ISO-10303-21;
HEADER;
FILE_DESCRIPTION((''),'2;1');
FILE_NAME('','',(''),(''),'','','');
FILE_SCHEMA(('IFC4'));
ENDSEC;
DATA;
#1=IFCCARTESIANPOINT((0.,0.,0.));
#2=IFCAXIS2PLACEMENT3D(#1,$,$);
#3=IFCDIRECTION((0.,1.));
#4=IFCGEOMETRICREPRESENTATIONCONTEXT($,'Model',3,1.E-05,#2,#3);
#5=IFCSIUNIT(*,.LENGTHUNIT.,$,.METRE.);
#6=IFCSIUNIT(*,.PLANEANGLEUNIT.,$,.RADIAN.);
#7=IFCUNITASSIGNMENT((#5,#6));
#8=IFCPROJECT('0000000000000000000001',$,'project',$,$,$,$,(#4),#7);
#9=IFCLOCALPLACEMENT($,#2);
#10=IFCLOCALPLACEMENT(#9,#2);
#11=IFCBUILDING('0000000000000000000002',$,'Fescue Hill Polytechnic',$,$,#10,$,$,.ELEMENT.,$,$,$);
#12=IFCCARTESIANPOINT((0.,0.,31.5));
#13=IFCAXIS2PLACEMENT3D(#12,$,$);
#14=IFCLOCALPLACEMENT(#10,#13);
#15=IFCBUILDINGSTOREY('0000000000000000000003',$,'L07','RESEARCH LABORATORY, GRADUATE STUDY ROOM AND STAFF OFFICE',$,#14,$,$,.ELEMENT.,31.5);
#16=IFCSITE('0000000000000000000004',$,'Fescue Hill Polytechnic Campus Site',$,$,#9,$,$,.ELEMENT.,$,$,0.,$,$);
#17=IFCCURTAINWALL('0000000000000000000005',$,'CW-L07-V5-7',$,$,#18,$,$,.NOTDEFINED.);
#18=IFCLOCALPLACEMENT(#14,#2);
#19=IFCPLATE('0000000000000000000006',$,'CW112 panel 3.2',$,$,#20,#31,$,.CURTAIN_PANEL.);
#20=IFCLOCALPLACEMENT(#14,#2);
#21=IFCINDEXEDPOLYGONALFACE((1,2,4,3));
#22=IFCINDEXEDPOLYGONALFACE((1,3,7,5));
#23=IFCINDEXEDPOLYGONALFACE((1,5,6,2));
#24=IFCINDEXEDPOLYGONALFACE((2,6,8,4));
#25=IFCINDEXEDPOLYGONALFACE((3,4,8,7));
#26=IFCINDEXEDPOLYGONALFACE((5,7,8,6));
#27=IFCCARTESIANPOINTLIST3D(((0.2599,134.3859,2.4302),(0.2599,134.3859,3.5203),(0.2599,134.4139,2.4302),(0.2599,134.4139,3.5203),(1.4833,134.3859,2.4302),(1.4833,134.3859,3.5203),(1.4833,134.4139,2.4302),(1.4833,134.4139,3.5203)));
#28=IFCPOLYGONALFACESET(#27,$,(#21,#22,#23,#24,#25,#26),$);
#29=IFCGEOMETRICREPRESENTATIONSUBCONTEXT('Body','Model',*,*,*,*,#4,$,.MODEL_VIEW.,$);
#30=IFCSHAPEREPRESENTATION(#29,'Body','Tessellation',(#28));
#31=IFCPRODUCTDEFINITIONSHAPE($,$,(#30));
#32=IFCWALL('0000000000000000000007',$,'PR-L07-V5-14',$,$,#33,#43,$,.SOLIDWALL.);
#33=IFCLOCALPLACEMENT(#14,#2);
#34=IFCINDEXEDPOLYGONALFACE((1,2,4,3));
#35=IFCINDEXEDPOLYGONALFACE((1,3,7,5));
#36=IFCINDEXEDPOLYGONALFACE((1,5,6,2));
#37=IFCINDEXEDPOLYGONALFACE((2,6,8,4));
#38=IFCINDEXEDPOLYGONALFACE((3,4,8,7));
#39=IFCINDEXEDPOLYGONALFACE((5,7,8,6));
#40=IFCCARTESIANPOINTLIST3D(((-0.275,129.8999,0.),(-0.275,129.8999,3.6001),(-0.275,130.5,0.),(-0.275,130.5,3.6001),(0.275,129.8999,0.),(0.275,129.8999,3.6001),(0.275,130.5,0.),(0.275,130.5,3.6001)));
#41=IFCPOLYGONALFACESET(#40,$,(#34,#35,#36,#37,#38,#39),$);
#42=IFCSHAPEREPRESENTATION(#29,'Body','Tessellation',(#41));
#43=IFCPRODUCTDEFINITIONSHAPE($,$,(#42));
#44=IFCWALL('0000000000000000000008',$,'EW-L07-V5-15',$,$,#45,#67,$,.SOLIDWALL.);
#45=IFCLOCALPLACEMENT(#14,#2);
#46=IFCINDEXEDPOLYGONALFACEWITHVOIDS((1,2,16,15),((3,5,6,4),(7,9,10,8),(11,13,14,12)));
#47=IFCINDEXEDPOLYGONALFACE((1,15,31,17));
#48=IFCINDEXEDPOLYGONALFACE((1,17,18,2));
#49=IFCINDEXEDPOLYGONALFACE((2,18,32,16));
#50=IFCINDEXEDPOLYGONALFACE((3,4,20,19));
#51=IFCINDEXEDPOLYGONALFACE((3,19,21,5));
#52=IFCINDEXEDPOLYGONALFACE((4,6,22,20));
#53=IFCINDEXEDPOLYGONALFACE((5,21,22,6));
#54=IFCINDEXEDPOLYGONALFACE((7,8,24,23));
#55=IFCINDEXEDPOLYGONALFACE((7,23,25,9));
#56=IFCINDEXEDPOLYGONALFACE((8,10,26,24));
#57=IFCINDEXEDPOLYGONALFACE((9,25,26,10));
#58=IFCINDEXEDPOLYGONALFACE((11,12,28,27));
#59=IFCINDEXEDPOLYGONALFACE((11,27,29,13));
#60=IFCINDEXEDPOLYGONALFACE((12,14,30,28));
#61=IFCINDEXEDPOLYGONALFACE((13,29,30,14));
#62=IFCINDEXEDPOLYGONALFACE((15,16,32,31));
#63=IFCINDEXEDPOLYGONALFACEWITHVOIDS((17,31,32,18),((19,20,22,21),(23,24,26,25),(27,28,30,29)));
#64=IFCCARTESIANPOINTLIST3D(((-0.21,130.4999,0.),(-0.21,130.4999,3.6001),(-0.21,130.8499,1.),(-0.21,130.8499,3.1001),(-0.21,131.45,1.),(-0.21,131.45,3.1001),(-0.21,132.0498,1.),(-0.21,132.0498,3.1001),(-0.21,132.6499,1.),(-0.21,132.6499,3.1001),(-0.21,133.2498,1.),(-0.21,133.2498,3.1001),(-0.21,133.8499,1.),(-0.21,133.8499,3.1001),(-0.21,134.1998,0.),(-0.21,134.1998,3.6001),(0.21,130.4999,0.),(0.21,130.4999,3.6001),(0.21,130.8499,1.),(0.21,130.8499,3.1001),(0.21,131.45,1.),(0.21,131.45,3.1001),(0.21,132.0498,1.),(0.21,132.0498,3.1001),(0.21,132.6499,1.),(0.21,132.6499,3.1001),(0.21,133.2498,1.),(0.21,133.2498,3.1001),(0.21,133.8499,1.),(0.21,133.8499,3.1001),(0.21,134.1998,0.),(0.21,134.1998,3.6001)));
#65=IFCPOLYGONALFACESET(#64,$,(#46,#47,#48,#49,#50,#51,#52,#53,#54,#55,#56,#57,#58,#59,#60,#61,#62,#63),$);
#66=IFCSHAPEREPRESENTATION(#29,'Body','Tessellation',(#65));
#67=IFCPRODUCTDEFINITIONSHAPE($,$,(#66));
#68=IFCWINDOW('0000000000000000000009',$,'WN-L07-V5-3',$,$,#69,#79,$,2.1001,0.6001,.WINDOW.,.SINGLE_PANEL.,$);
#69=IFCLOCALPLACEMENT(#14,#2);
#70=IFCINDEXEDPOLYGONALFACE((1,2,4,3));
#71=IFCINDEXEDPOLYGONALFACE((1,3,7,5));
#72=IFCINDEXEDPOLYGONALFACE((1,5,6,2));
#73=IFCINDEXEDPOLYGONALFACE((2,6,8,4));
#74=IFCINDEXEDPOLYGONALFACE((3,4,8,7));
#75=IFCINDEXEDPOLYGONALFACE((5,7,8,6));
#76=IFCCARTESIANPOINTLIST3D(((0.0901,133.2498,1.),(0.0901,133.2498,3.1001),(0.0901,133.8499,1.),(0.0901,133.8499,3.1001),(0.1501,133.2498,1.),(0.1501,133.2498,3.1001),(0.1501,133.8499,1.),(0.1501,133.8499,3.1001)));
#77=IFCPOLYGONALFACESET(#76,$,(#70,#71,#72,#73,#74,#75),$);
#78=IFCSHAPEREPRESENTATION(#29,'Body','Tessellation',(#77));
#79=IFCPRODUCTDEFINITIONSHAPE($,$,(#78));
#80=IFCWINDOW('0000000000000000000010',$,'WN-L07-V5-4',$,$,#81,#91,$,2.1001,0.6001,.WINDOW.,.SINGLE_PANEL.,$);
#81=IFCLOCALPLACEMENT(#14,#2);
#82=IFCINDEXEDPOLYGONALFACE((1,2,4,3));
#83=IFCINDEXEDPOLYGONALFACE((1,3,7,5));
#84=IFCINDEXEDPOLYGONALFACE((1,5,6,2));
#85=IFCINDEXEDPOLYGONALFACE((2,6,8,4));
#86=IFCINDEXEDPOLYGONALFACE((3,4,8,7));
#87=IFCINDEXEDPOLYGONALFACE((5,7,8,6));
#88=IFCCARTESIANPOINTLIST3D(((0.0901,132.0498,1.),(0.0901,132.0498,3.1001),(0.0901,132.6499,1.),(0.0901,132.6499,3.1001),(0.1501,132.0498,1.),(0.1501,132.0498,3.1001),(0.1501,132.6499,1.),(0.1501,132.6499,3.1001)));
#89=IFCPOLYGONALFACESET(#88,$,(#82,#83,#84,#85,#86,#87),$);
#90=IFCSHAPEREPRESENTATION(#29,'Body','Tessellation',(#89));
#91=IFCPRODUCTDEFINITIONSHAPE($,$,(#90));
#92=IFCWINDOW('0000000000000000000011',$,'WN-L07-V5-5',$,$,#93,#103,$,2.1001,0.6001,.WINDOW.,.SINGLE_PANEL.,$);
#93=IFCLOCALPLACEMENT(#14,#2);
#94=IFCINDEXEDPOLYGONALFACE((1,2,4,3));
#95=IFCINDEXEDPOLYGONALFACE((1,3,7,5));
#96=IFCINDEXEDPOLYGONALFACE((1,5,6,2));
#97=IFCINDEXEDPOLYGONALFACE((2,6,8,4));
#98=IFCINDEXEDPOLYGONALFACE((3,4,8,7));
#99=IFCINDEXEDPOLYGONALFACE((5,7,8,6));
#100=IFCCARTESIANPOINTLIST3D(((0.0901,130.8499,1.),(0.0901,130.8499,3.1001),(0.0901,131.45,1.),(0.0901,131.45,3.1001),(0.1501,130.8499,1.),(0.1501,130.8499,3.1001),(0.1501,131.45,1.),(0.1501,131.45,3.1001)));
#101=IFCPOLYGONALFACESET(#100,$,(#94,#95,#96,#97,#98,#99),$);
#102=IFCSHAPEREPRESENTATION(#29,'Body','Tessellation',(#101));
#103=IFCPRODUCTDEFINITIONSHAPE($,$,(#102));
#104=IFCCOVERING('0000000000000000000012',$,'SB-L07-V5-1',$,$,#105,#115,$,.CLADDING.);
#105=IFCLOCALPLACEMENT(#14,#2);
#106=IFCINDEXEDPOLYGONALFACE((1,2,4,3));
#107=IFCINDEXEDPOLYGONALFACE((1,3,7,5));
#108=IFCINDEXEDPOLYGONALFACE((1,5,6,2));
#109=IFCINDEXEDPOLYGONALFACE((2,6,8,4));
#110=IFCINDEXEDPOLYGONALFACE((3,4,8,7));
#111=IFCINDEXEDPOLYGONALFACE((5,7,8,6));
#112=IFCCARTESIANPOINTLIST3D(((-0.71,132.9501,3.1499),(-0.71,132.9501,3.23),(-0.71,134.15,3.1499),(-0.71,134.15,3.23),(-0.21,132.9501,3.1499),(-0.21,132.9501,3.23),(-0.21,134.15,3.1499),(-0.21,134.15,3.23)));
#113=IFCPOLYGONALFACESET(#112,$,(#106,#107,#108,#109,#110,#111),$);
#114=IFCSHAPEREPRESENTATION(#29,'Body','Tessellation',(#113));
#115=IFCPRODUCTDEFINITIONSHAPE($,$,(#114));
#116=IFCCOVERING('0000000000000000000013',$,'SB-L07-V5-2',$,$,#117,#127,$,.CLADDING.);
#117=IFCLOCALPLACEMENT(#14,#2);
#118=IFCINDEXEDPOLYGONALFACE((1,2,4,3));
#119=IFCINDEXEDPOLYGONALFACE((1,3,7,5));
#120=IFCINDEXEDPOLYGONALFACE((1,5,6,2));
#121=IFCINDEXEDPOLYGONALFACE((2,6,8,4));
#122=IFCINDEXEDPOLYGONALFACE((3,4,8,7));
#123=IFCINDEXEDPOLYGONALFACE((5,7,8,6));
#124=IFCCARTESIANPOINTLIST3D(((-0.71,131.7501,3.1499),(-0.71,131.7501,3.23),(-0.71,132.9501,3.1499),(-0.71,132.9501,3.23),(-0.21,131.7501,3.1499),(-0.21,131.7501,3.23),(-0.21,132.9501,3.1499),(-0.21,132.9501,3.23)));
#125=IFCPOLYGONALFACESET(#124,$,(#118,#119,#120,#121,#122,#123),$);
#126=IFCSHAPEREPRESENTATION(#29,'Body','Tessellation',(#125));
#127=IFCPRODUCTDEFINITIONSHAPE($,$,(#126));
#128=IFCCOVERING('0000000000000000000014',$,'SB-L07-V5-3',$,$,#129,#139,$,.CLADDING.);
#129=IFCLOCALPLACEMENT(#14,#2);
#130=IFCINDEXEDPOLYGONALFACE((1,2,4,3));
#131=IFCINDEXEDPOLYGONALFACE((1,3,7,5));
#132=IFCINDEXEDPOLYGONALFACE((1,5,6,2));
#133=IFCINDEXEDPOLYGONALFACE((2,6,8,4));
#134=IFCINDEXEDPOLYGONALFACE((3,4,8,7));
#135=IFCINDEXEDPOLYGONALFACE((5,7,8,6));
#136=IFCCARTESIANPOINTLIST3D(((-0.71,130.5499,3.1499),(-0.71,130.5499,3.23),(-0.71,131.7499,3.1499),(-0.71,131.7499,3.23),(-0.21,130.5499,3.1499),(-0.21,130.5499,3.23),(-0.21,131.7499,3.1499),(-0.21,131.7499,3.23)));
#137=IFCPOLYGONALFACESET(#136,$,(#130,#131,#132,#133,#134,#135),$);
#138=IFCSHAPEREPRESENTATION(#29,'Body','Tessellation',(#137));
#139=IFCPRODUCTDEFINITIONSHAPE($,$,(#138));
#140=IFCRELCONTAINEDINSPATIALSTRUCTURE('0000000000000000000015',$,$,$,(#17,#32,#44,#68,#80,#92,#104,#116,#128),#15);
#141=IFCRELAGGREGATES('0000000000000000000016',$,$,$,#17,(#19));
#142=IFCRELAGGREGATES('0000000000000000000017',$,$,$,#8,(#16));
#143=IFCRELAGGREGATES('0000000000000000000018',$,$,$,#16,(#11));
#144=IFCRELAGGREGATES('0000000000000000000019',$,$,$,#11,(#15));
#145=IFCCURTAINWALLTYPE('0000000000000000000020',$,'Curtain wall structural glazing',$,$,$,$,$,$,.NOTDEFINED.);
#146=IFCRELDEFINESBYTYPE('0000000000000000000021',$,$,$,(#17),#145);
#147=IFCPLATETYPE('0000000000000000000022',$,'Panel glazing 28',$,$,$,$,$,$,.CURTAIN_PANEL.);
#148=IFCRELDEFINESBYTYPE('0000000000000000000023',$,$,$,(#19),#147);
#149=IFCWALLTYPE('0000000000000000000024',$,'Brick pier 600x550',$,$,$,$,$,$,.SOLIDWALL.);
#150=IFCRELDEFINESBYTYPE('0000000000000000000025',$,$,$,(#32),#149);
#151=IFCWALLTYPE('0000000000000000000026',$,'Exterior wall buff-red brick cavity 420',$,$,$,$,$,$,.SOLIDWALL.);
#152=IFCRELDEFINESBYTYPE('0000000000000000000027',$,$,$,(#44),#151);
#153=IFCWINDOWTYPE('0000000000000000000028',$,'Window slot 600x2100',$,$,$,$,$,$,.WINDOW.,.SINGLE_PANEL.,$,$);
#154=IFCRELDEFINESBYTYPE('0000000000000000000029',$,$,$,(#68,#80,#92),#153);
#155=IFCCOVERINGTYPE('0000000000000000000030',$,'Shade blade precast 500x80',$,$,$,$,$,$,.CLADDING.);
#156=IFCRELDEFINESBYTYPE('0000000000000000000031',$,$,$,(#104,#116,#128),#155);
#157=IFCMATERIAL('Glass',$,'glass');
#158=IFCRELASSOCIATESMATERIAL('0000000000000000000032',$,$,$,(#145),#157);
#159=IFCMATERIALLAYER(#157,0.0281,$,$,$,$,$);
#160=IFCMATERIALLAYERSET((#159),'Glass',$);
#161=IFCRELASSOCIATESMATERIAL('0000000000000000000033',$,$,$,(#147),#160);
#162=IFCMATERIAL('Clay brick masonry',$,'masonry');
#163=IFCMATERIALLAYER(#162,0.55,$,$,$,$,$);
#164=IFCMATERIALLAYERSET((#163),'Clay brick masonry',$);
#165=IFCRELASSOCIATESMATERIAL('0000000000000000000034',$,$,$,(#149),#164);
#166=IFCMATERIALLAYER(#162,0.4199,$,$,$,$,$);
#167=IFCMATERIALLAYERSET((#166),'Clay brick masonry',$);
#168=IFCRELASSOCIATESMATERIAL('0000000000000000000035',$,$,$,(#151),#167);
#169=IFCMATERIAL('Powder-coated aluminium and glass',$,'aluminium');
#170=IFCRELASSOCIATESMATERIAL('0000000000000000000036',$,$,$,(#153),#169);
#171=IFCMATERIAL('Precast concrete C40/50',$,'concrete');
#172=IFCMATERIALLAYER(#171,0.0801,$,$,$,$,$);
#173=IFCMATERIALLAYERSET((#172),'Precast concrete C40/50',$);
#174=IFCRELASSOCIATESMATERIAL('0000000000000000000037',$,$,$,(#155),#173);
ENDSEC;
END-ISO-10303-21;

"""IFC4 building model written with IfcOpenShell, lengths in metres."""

from ifc_helpers import new_model, si_unit, direction, frame, frame_2d, origin, origin_2d, place, context, subcontext, project, spatial, rectangle, extrude, material, layer, layer_set, type_object, element, fill, aggregate, save


model = new_model("IFC4")

# Units and contexts
model_context = context("Model", 3, precision=1e-05, world=origin(), true_north=direction((0.0, 1.0)))
body_context = subcontext(model_context, "Body", "Model", "MODEL_VIEW")
ifc_project = project(units=[si_unit("LENGTHUNIT", "METRE"), si_unit("PLANEANGLEUNIT", "RADIAN")], contexts=[model_context])

# Site, building, storey
site_placement = place(None, origin())
site = spatial("IfcSite", under=ifc_project, at=site_placement, Name="Fescue Hill Polytechnic Campus Site", CompositionType="ELEMENT", RefElevation=0.0)
building_placement = place(site_placement, origin())
building = spatial("IfcBuilding", under=site, at=building_placement, Name="Fescue Hill Polytechnic", CompositionType="ELEMENT")
storey_placement = place(building_placement, frame((0.0, 0.0, 31.5)))
storey = spatial("IfcBuildingStorey", under=building, at=storey_placement, Name="L07", Description="RESEARCH LABORATORY, GRADUATE STUDY ROOM AND STAFF OFFICE", CompositionType="ELEMENT", Elevation=31.5)

# Curtain wall, plate
ifc_material_1 = material(Name="Glass", Category="glass")
curtain_wall_type = type_object("IfcCurtainWallType", Name="Curtain wall structural glazing", PredefinedType="NOTDEFINED", material=ifc_material_1)
curtain_wall_placement = place(storey_placement, origin())
curtain_wall = element("IfcCurtainWall", 1, at=curtain_wall_placement, inside=storey, type_object=curtain_wall_type, Name="CW-L07-V5-7", PredefinedType="NOTDEFINED")
ifc_layer_1 = layer(ifc_material_1, 0.0281)
ifc_layer_set_1 = layer_set([ifc_layer_1], Name="Glass")
plate_type = type_object("IfcPlateType", Name="Panel glazing 28", PredefinedType="CURTAIN_PANEL", material=ifc_layer_set_1)
plate_1_placement = place(storey_placement, frame((0.8716, 134.3999, 2.4302), z_axis=(0.0, 0.0, 1.0), x_axis=(-1.0, 0.0, 0.0)))
plate_1 = element("IfcPlate", 2, at=plate_1_placement, type_object=plate_type, Name="CW112 panel 3.2", PredefinedType="CURTAIN_PANEL", context=body_context, shape_type="SweptSolid", body=[
    extrude(rectangle(XDim=1.2234, YDim=0.0281, at=origin_2d()), origin(), (0.0, 0.0, 1.0), 1.0901),
])
aggregate(curtain_wall, [plate_1])

# Wall
ifc_material_2 = material(Name="Clay brick masonry", Category="masonry")
ifc_layer_2 = layer(ifc_material_2, 0.55)
ifc_layer_set_2 = layer_set([ifc_layer_2], Name="Clay brick masonry")
wall_type_1 = type_object("IfcWallType", Name="Brick pier 600x550", PredefinedType="SOLIDWALL", material=ifc_layer_set_2)
wall_1_placement = place(storey_placement, frame((0.0, 130.5, 0.0), z_axis=(0.0, 0.0, 1.0), x_axis=(0.0, -1.0, 0.0)))
element("IfcWall", 3, at=wall_1_placement, inside=storey, type_object=wall_type_1, Name="PR-L07-V5-14", PredefinedType="SOLIDWALL", context=body_context, shape_type="SweptSolid", body=[
    extrude(rectangle(XDim=0.6001, YDim=0.55, at=frame_2d((0.3, 0.0))), origin(), (0.0, 0.0, 1.0), 3.6001),
])

# Wall, openings, windows
ifc_layer_3 = layer(ifc_material_2, 0.4199)
ifc_layer_set_3 = layer_set([ifc_layer_3], Name="Clay brick masonry")
wall_type_2 = type_object("IfcWallType", Name="Exterior wall buff-red brick cavity 420", PredefinedType="SOLIDWALL", material=ifc_layer_set_3)
wall_2_placement = place(storey_placement, frame((0.0, 134.2, 0.0), z_axis=(0.0, 0.0, 1.0), x_axis=(0.0, -1.0, 0.0)))
wall_2 = element("IfcWall", 4, at=wall_2_placement, inside=storey, type_object=wall_type_2, Name="EW-L07-V5-15", PredefinedType="SOLIDWALL", context=body_context, shape_type="SweptSolid", body=[
    extrude(rectangle(XDim=3.7, YDim=0.4199, at=frame_2d((1.8501, 0.0))), origin(), (0.0, 0.0, 1.0), 3.6001),
])
opening_1_placement = place(wall_2_placement, frame((0.3501, 0.0, 1.0)))
opening_1 = element("IfcOpeningElement", 5, at=opening_1_placement, cuts=wall_2, PredefinedType="OPENING", context=body_context, shape_type="SweptSolid", body=[
    extrude(rectangle(XDim=0.6001, YDim=2.1001, at=frame_2d((0.3, 1.05))), frame((0.0, 0.22, 0.0), z_axis=(0.0, -1.0, 0.0), x_axis=(1.0, 0.0, 0.0)), (0.0, 0.0, 1.0), 0.4399),
])
opening_2_placement = place(wall_2_placement, frame((1.55, 0.0, 1.0)))
opening_2 = element("IfcOpeningElement", 6, at=opening_2_placement, cuts=wall_2, PredefinedType="OPENING", context=body_context, shape_type="SweptSolid", body=[
    extrude(rectangle(XDim=0.6001, YDim=2.1001, at=frame_2d((0.3, 1.05))), frame((0.0, 0.22, 0.0), z_axis=(0.0, -1.0, 0.0), x_axis=(1.0, 0.0, 0.0)), (0.0, 0.0, 1.0), 0.4399),
])
opening_3_placement = place(wall_2_placement, frame((2.75, 0.0, 1.0)))
opening_3 = element("IfcOpeningElement", 7, at=opening_3_placement, cuts=wall_2, PredefinedType="OPENING", context=body_context, shape_type="SweptSolid", body=[
    extrude(rectangle(XDim=0.6001, YDim=2.1001, at=frame_2d((0.3, 1.05))), frame((0.0, 0.22, 0.0), z_axis=(0.0, -1.0, 0.0), x_axis=(1.0, 0.0, 0.0)), (0.0, 0.0, 1.0), 0.4399),
])
ifc_material_3 = material(Name="Powder-coated aluminium and glass", Category="aluminium")
window_type = type_object("IfcWindowType", Name="Window slot 600x2100", PartitioningType="SINGLE_PANEL", PredefinedType="WINDOW", material=ifc_material_3)
window_1_placement = place(opening_1_placement, origin())
window_1 = element("IfcWindow", 8, at=window_1_placement, inside=storey, type_object=window_type, Name="WN-L07-V5-3", OverallHeight=2.1001, OverallWidth=0.6001, PartitioningType="SINGLE_PANEL", PredefinedType="WINDOW", context=body_context, shape_type="SweptSolid", body=[
    extrude(rectangle(XDim=0.6001, YDim=2.1001, at=frame_2d((0.3, 1.05))), frame((0.0, 0.1501, 0.0), z_axis=(0.0, -1.0, 0.0), x_axis=(1.0, 0.0, 0.0)), (0.0, 0.0, 1.0), 0.0601),
])
fill(opening_1, window_1)
window_2_placement = place(opening_2_placement, origin())
window_2 = element("IfcWindow", 9, at=window_2_placement, inside=storey, type_object=window_type, Name="WN-L07-V5-4", OverallHeight=2.1001, OverallWidth=0.6001, PartitioningType="SINGLE_PANEL", PredefinedType="WINDOW", context=body_context, shape_type="SweptSolid", body=[
    extrude(rectangle(XDim=0.6001, YDim=2.1001, at=frame_2d((0.3, 1.05))), frame((0.0, 0.1501, 0.0), z_axis=(0.0, -1.0, 0.0), x_axis=(1.0, 0.0, 0.0)), (0.0, 0.0, 1.0), 0.0601),
])
fill(opening_2, window_2)
window_3_placement = place(opening_3_placement, origin())
window_3 = element("IfcWindow", 10, at=window_3_placement, inside=storey, type_object=window_type, Name="WN-L07-V5-5", OverallHeight=2.1001, OverallWidth=0.6001, PartitioningType="SINGLE_PANEL", PredefinedType="WINDOW", context=body_context, shape_type="SweptSolid", body=[
    extrude(rectangle(XDim=0.6001, YDim=2.1001, at=frame_2d((0.3, 1.05))), frame((0.0, 0.1501, 0.0), z_axis=(0.0, -1.0, 0.0), x_axis=(1.0, 0.0, 0.0)), (0.0, 0.0, 1.0), 0.0601),
])
fill(opening_3, window_3)

# Coverings
ifc_material_4 = material(Name="Precast concrete C40/50", Category="concrete")
ifc_layer_4 = layer(ifc_material_4, 0.0801)
ifc_layer_set_4 = layer_set([ifc_layer_4], Name="Precast concrete C40/50")
covering_type = type_object("IfcCoveringType", Name="Shade blade precast 500x80", PredefinedType="CLADDING", material=ifc_layer_set_4)
for number, where, z_axis, x_axis, name in (
    (11, (-0.46, 133.55, 3.1499), (0.0, 0.0, 1.0), (0.0, -1.0, 0.0), "SB-L07-V5-1"),
    (12, (-0.46, 132.3501, 3.1499), (0.0, 0.0, 1.0), (0.0, -1.0, 0.0), "SB-L07-V5-2"),
    (13, (-0.46, 131.1499, 3.1499), (0.0, 0.0, 1.0), (0.0, -1.0, 0.0), "SB-L07-V5-3"),
):
    element("IfcCovering", number, at=place(storey_placement, frame(where, z_axis=z_axis, x_axis=x_axis)), inside=storey, type_object=covering_type, Name=name, PredefinedType="CLADDING", context=body_context, shape_type="SweptSolid", body=[
        extrude(rectangle(XDim=1.2, YDim=0.5, at=origin_2d()), origin(), (0.0, 0.0, 1.0), 0.0801),
    ])

save(model, "model.ifc")
